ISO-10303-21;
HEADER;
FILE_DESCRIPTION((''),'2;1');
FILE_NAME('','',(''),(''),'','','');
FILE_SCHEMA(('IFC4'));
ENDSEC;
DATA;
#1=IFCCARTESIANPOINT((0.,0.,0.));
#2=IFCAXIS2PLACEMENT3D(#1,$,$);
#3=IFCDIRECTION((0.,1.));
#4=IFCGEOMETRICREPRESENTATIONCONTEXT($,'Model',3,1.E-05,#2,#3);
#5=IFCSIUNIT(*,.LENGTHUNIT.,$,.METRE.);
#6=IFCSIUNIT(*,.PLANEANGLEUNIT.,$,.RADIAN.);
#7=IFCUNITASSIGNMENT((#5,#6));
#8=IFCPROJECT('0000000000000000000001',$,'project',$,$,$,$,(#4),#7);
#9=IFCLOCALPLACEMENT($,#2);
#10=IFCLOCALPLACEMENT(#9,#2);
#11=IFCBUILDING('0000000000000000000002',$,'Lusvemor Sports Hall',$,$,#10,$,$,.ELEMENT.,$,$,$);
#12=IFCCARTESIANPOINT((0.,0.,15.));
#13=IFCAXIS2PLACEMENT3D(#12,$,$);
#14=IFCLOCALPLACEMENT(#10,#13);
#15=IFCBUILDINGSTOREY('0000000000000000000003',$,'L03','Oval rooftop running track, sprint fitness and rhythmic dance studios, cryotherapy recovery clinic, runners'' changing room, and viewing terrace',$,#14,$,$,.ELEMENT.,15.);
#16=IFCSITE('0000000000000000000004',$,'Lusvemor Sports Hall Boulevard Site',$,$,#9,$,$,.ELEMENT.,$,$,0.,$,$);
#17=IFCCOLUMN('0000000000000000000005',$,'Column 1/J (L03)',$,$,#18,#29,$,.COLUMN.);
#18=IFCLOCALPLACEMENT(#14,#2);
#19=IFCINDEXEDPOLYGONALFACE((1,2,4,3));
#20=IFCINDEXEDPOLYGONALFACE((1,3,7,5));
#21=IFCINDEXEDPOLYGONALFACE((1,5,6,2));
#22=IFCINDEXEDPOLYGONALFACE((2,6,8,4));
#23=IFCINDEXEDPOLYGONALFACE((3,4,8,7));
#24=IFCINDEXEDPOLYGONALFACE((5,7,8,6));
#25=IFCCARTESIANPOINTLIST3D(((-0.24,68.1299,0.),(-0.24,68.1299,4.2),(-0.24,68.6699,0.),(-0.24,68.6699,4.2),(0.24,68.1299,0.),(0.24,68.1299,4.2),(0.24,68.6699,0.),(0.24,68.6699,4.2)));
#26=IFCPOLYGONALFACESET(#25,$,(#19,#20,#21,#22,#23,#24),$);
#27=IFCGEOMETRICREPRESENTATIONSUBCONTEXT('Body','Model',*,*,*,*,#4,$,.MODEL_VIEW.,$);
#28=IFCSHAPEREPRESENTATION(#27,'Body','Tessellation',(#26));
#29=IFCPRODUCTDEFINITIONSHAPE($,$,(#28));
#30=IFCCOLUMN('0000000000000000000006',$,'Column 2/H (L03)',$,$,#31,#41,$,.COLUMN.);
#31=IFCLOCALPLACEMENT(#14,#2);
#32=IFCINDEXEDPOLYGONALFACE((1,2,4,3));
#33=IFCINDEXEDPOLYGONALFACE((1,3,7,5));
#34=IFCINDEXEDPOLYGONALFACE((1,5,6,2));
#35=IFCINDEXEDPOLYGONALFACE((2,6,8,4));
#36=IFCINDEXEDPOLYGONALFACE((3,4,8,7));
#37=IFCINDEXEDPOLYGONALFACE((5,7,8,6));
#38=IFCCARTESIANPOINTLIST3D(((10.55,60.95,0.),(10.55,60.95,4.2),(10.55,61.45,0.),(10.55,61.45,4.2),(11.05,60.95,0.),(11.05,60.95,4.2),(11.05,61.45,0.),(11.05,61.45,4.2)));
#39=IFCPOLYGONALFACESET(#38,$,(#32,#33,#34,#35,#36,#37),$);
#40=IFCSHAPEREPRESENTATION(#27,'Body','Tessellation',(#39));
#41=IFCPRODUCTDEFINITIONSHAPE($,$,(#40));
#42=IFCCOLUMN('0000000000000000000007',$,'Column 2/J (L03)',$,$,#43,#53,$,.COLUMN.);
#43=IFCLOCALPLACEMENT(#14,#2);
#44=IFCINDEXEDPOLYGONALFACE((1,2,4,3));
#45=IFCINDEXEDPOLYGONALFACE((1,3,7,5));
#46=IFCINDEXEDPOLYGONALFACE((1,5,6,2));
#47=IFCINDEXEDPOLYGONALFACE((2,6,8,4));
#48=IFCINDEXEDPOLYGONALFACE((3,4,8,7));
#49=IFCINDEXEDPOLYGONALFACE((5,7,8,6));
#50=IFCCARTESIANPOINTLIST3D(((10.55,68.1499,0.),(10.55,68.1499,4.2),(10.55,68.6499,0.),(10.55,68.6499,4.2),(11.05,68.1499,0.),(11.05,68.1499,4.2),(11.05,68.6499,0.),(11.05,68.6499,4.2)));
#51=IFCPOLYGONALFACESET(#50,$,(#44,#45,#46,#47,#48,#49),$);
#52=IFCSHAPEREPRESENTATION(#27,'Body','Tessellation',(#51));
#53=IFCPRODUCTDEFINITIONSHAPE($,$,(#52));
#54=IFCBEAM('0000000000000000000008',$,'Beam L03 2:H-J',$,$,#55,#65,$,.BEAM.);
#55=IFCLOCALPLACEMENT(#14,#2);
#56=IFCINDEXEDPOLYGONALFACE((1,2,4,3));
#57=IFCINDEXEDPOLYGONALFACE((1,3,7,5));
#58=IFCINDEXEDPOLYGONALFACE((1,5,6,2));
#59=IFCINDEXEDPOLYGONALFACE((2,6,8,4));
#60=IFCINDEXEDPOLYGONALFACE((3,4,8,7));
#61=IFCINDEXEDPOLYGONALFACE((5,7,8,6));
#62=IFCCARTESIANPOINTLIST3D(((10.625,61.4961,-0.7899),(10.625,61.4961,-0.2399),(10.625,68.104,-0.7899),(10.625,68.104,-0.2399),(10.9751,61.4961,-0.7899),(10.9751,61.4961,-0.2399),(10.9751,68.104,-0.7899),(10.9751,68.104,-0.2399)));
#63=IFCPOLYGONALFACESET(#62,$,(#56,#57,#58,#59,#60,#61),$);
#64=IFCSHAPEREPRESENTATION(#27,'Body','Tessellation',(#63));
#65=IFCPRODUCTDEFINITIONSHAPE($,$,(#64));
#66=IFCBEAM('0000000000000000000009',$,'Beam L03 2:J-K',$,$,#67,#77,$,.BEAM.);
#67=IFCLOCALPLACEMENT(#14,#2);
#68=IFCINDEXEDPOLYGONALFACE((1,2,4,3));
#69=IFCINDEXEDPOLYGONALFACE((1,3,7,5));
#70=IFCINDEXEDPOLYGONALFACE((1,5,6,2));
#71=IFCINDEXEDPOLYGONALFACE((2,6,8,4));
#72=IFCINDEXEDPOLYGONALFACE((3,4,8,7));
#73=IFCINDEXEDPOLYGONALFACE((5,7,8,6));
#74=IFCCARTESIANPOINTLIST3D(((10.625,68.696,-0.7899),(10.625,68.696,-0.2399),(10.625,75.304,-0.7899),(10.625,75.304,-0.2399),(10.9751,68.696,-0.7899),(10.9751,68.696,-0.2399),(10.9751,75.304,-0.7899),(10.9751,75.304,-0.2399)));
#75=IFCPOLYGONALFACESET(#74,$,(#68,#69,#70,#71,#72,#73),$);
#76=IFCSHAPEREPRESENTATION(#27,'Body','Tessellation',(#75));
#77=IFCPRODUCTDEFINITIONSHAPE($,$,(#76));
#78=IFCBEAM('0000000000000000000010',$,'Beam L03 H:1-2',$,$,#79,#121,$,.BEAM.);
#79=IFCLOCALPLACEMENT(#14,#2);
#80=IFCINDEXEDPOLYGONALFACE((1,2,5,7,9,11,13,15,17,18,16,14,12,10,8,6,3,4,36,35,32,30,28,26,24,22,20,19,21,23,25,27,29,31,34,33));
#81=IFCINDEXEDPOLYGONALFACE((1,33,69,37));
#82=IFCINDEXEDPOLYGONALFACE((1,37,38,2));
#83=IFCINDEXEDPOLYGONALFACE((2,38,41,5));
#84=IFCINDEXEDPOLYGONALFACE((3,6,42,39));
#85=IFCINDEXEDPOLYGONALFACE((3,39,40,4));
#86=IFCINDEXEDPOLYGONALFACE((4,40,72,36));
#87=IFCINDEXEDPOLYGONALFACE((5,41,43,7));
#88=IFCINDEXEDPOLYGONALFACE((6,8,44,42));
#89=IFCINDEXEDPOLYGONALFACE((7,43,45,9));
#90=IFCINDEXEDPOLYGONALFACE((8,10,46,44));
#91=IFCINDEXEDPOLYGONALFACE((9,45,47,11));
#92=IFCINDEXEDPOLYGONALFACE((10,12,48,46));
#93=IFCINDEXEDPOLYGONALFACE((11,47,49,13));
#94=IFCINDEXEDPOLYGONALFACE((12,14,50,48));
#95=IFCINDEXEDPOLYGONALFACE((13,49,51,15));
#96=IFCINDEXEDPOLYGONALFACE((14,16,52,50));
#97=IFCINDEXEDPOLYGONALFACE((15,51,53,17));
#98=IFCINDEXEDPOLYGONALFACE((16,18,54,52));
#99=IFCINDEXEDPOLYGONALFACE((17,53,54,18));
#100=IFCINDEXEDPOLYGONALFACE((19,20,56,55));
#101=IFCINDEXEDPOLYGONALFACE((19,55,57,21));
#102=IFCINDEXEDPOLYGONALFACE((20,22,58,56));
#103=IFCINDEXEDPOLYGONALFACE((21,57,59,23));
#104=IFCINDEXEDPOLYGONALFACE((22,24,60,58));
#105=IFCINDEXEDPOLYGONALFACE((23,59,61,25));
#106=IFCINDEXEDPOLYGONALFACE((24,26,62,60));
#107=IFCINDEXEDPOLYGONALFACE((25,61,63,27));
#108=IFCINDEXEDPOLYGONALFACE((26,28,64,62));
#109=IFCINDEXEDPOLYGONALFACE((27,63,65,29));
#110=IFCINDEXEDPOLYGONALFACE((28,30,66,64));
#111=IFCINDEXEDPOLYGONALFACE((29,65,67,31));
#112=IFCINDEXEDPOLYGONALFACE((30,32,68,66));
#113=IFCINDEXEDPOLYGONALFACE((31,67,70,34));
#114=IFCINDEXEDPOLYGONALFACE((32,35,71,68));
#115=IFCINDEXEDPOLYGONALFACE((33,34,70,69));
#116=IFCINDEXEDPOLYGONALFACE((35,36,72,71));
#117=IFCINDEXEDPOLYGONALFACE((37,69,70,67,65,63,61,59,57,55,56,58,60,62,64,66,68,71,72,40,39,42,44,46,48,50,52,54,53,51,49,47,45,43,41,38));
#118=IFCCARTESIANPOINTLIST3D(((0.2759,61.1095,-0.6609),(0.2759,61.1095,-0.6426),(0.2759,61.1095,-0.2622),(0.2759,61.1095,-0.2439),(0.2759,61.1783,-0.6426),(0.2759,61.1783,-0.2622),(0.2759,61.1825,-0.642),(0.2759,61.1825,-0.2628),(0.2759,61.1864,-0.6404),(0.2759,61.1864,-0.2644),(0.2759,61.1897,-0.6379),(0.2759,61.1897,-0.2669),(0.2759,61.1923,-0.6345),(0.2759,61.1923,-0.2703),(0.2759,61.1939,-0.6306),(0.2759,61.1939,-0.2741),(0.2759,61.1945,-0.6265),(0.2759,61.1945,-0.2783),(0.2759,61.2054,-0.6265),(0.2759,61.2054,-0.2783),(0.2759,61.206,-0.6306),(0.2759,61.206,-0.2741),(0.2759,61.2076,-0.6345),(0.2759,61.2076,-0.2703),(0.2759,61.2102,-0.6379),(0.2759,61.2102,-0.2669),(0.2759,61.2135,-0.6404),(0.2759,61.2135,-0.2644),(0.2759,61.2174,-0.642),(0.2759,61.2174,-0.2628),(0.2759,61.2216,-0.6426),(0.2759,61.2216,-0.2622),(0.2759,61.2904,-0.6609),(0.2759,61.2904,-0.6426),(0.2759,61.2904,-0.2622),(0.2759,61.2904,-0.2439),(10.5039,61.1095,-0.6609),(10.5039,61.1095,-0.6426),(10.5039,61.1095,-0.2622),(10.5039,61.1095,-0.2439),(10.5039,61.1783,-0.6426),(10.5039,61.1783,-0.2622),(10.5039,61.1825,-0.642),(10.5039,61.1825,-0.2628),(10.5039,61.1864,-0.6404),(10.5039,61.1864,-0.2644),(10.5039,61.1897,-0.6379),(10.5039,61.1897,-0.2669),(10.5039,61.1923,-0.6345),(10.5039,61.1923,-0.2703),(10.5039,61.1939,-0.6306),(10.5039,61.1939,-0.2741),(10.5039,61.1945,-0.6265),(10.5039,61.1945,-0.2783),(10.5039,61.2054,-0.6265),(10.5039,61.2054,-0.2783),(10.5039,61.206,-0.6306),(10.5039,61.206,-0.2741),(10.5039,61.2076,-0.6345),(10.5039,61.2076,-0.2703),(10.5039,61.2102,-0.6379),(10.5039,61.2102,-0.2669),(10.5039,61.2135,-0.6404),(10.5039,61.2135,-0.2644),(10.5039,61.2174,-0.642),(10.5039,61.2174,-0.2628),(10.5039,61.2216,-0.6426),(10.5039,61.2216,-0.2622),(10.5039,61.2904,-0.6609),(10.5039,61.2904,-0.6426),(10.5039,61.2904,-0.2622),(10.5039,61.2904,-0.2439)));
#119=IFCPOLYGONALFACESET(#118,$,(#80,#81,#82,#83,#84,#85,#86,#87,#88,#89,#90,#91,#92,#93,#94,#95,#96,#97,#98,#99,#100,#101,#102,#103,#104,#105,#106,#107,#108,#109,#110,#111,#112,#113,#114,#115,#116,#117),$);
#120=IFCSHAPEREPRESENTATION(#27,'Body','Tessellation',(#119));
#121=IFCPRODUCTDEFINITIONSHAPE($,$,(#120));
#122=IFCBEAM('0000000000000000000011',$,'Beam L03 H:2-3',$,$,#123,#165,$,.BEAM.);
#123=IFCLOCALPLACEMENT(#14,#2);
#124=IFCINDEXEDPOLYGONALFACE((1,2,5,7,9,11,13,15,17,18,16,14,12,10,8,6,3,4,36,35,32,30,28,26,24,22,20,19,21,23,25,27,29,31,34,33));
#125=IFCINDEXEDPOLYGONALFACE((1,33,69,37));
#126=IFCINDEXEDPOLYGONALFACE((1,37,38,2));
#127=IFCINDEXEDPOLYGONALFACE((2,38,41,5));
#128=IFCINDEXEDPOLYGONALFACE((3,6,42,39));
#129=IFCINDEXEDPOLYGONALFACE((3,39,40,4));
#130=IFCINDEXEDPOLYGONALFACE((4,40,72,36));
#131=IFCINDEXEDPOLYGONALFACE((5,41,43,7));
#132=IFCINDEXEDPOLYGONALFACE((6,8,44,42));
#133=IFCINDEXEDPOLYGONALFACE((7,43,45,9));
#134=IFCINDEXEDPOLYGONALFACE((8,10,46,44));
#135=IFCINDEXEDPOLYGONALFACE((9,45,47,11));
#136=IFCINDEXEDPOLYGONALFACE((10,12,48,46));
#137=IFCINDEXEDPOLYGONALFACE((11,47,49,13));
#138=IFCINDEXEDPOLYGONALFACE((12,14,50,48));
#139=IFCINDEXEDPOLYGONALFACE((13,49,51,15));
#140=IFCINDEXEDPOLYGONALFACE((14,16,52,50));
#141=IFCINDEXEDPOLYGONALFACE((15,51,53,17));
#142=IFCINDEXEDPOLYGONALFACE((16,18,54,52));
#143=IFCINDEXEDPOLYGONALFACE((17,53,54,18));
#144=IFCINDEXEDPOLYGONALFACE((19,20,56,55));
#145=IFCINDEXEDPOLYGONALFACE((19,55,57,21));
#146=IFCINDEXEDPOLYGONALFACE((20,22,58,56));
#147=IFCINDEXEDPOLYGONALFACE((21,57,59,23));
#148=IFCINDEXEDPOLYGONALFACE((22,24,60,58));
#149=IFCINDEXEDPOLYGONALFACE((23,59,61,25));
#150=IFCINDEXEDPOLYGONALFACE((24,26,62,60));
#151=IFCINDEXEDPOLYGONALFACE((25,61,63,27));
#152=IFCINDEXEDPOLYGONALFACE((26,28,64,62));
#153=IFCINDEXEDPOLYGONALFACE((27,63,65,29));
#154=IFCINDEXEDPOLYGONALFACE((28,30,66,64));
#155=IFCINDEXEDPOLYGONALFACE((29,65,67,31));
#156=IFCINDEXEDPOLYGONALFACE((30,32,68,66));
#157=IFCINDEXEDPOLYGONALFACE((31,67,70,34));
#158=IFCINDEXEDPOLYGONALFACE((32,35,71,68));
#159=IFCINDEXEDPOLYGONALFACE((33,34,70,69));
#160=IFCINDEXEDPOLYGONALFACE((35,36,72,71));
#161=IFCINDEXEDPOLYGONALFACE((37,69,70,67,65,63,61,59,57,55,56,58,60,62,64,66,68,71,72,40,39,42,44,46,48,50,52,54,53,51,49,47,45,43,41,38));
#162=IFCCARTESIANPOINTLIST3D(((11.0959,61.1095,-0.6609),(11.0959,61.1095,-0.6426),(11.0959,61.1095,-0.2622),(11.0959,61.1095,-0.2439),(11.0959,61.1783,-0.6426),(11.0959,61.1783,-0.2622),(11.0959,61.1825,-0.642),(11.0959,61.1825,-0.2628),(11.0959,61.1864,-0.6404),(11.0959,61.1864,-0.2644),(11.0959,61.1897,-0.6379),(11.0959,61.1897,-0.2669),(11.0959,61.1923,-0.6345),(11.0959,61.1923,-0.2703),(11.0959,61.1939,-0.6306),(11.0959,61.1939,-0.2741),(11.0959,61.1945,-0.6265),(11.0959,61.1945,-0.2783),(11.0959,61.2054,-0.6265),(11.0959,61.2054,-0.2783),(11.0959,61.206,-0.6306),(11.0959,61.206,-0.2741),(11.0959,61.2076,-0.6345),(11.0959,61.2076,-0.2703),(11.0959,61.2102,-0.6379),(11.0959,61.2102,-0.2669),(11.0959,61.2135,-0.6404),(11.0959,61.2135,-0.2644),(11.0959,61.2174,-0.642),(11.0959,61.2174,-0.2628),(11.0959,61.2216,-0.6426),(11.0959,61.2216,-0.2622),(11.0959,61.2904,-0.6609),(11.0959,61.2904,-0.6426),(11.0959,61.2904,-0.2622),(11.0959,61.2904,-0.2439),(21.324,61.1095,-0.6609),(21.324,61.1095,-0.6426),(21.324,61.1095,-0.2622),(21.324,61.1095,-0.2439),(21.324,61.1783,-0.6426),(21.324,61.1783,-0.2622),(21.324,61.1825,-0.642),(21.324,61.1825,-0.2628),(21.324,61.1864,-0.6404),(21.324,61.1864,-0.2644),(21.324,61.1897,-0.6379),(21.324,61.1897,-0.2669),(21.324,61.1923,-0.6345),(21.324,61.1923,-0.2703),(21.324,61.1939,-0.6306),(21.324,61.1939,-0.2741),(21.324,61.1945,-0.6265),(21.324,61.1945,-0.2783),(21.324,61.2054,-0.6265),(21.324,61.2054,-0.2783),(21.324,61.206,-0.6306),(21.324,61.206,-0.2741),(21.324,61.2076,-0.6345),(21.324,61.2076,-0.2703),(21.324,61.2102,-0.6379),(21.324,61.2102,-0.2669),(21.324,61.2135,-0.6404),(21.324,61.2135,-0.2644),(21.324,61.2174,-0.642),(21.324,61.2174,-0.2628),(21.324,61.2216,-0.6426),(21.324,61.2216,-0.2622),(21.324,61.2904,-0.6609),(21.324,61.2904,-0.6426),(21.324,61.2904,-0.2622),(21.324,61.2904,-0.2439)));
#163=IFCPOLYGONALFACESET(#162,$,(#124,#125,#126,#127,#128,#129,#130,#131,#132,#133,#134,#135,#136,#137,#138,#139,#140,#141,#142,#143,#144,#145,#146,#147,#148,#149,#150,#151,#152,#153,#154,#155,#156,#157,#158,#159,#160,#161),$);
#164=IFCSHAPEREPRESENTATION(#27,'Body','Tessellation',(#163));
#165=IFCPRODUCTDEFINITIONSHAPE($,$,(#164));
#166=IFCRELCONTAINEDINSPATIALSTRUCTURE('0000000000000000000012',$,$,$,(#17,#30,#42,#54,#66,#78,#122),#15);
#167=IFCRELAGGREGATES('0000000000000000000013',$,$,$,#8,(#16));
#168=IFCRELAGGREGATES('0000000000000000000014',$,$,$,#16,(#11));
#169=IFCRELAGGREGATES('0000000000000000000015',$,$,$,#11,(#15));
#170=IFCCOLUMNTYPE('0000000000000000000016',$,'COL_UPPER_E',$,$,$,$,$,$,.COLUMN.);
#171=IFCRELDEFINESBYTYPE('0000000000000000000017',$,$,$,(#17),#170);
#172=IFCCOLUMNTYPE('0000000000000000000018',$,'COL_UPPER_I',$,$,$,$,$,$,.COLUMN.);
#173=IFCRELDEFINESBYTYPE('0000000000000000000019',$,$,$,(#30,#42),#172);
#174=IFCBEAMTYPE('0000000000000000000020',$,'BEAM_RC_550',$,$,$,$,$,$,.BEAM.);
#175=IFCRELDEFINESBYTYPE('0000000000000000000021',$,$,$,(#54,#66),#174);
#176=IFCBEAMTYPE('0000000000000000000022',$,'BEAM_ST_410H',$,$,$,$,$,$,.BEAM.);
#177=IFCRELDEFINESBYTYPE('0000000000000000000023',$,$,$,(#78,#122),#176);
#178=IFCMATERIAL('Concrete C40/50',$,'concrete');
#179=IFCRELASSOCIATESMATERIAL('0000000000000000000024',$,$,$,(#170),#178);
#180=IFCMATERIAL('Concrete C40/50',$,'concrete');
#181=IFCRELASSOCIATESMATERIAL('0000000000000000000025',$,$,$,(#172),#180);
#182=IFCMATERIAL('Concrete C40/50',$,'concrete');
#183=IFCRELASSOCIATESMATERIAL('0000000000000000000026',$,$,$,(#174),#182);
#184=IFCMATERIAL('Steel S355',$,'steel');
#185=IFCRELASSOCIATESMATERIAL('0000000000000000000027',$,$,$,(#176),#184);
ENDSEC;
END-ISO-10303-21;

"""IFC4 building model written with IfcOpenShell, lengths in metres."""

from ifc_helpers import new_model, si_unit, direction, frame, origin, origin_2d, place, context, subcontext, project, spatial, rectangle, i_section, extrude, material, material_profile, profile_set, type_object, element, save


model = new_model("IFC4")

# Units and contexts
model_context = context("Model", 3, precision=1e-05, world=origin(), true_north=direction((0.0, 1.0)))
body_context = subcontext(model_context, "Body", "Model", "MODEL_VIEW")
ifc_project = project(units=[si_unit("LENGTHUNIT", "METRE"), si_unit("PLANEANGLEUNIT", "RADIAN")], contexts=[model_context])

# Site, building, storey
site_placement = place(None, origin())
site = spatial("IfcSite", under=ifc_project, at=site_placement, Name="Lusvemor Sports Hall Boulevard Site", CompositionType="ELEMENT", RefElevation=0.0)
building_placement = place(site_placement, origin())
building = spatial("IfcBuilding", under=site, at=building_placement, Name="Lusvemor Sports Hall", CompositionType="ELEMENT")
storey_placement = place(building_placement, frame((0.0, 0.0, 15.0)))
storey = spatial("IfcBuildingStorey", under=building, at=storey_placement, Name="L03", Description="Oval rooftop running track, sprint fitness and rhythmic dance studios, cryotherapy recovery clinic, runners' changing room, and viewing terrace", CompositionType="ELEMENT", Elevation=15.0)

# Columns
ifc_material_1 = material(Name="Concrete C40/50", Category="concrete")
ifc_material_profile_1 = material_profile(ifc_material_1, rectangle(XDim=0.48, YDim=0.54, at=origin_2d()), Name="RC480x540")
ifc_profile_set_1 = profile_set([ifc_material_profile_1], Name="Concrete C40/50")
column_type_1 = type_object("IfcColumnType", Name="COL_UPPER_E", PredefinedType="COLUMN", material=ifc_profile_set_1)
column_placement = place(storey_placement, frame((0.0, 68.3999, 0.0), z_axis=(0.0, 0.0, 1.0), x_axis=(1.0, 0.0, 0.0)))
element("IfcColumn", 1, at=column_placement, inside=storey, type_object=column_type_1, Name="Column 1/J (L03)", PredefinedType="COLUMN", context=body_context, shape_type="SweptSolid", body=[
    extrude(rectangle(XDim=0.48, YDim=0.54, at=origin_2d()), origin(), (0.0, 0.0, 1.0), 4.2),
])
ifc_material_2 = material(Name="Concrete C40/50", Category="concrete")
ifc_material_profile_2 = material_profile(ifc_material_2, rectangle(XDim=0.5, YDim=0.5, at=origin_2d()), Name="RC500x500")
ifc_profile_set_2 = profile_set([ifc_material_profile_2], Name="Concrete C40/50")
column_type_2 = type_object("IfcColumnType", Name="COL_UPPER_I", PredefinedType="COLUMN", material=ifc_profile_set_2)
for number, where, z_axis, x_axis, name in (
    (2, (10.8, 61.2, 0.0), (0.0, 0.0, 1.0), (1.0, 0.0, 0.0), "Column 2/H (L03)"),
    (3, (10.8, 68.3999, 0.0), (0.0, 0.0, 1.0), (1.0, 0.0, 0.0), "Column 2/J (L03)"),
):
    element("IfcColumn", number, at=place(storey_placement, frame(where, z_axis=z_axis, x_axis=x_axis)), inside=storey, type_object=column_type_2, Name=name, PredefinedType="COLUMN", context=body_context, shape_type="SweptSolid", body=[
        extrude(rectangle(XDim=0.5, YDim=0.5, at=origin_2d()), origin(), (0.0, 0.0, 1.0), 4.2),
    ])

# Beams
ifc_material_3 = material(Name="Concrete C40/50", Category="concrete")
ifc_material_profile_3 = material_profile(ifc_material_3, rectangle(XDim=0.3501, YDim=0.55, at=origin_2d()), Name="RC350x550")
ifc_profile_set_3 = profile_set([ifc_material_profile_3], Name="Concrete C40/50")
beam_type_1 = type_object("IfcBeamType", Name="BEAM_RC_550", PredefinedType="BEAM", material=ifc_profile_set_3)
for number, where, z_axis, x_axis, name in (
    (4, (10.8, 61.4961, -0.5149), (0.0, 1.0, 0.0), (-1.0, 0.0, 0.0), "Beam L03 2:H-J"),
    (5, (10.8, 68.696, -0.5149), (0.0, 1.0, 0.0), (-1.0, 0.0, 0.0), "Beam L03 2:J-K"),
):
    element("IfcBeam", number, at=place(storey_placement, frame(where, z_axis=z_axis, x_axis=x_axis)), inside=storey, type_object=beam_type_1, Name=name, PredefinedType="BEAM", context=body_context, shape_type="SweptSolid", body=[
        extrude(rectangle(XDim=0.3501, YDim=0.55, at=origin_2d()), origin(), (0.0, 0.0, 1.0), 6.6079),
    ])
ifc_material_4 = material(Name="Steel S355", Category="steel")
ifc_material_profile_4 = material_profile(ifc_material_4, i_section(OverallWidth=0.1809, OverallDepth=0.417, WebThickness=0.011, FlangeThickness=0.0183, FilletRadius=0.0161, at=origin_2d()), Name="W410x85.0")
ifc_profile_set_4 = profile_set([ifc_material_profile_4], Name="Steel S355")
beam_type_2 = type_object("IfcBeamType", Name="BEAM_ST_410H", PredefinedType="BEAM", material=ifc_profile_set_4)
for number, where, z_axis, x_axis, name in (
    (6, (0.2759, 61.2, -0.4524), (1.0, 0.0, 0.0), (0.0, 1.0, 0.0), "Beam L03 H:1-2"),
    (7, (11.0959, 61.2, -0.4524), (1.0, 0.0, 0.0), (0.0, 1.0, 0.0), "Beam L03 H:2-3"),
):
    element("IfcBeam", number, at=place(storey_placement, frame(where, z_axis=z_axis, x_axis=x_axis)), inside=storey, type_object=beam_type_2, Name=name, PredefinedType="BEAM", context=body_context, shape_type="SweptSolid", body=[
        extrude(i_section(OverallWidth=0.1809, OverallDepth=0.417, WebThickness=0.011, FlangeThickness=0.0183, FilletRadius=0.0161, at=origin_2d()), origin(), (0.0, 0.0, 1.0), 10.228),
    ])

save(model, "model.ifc")
